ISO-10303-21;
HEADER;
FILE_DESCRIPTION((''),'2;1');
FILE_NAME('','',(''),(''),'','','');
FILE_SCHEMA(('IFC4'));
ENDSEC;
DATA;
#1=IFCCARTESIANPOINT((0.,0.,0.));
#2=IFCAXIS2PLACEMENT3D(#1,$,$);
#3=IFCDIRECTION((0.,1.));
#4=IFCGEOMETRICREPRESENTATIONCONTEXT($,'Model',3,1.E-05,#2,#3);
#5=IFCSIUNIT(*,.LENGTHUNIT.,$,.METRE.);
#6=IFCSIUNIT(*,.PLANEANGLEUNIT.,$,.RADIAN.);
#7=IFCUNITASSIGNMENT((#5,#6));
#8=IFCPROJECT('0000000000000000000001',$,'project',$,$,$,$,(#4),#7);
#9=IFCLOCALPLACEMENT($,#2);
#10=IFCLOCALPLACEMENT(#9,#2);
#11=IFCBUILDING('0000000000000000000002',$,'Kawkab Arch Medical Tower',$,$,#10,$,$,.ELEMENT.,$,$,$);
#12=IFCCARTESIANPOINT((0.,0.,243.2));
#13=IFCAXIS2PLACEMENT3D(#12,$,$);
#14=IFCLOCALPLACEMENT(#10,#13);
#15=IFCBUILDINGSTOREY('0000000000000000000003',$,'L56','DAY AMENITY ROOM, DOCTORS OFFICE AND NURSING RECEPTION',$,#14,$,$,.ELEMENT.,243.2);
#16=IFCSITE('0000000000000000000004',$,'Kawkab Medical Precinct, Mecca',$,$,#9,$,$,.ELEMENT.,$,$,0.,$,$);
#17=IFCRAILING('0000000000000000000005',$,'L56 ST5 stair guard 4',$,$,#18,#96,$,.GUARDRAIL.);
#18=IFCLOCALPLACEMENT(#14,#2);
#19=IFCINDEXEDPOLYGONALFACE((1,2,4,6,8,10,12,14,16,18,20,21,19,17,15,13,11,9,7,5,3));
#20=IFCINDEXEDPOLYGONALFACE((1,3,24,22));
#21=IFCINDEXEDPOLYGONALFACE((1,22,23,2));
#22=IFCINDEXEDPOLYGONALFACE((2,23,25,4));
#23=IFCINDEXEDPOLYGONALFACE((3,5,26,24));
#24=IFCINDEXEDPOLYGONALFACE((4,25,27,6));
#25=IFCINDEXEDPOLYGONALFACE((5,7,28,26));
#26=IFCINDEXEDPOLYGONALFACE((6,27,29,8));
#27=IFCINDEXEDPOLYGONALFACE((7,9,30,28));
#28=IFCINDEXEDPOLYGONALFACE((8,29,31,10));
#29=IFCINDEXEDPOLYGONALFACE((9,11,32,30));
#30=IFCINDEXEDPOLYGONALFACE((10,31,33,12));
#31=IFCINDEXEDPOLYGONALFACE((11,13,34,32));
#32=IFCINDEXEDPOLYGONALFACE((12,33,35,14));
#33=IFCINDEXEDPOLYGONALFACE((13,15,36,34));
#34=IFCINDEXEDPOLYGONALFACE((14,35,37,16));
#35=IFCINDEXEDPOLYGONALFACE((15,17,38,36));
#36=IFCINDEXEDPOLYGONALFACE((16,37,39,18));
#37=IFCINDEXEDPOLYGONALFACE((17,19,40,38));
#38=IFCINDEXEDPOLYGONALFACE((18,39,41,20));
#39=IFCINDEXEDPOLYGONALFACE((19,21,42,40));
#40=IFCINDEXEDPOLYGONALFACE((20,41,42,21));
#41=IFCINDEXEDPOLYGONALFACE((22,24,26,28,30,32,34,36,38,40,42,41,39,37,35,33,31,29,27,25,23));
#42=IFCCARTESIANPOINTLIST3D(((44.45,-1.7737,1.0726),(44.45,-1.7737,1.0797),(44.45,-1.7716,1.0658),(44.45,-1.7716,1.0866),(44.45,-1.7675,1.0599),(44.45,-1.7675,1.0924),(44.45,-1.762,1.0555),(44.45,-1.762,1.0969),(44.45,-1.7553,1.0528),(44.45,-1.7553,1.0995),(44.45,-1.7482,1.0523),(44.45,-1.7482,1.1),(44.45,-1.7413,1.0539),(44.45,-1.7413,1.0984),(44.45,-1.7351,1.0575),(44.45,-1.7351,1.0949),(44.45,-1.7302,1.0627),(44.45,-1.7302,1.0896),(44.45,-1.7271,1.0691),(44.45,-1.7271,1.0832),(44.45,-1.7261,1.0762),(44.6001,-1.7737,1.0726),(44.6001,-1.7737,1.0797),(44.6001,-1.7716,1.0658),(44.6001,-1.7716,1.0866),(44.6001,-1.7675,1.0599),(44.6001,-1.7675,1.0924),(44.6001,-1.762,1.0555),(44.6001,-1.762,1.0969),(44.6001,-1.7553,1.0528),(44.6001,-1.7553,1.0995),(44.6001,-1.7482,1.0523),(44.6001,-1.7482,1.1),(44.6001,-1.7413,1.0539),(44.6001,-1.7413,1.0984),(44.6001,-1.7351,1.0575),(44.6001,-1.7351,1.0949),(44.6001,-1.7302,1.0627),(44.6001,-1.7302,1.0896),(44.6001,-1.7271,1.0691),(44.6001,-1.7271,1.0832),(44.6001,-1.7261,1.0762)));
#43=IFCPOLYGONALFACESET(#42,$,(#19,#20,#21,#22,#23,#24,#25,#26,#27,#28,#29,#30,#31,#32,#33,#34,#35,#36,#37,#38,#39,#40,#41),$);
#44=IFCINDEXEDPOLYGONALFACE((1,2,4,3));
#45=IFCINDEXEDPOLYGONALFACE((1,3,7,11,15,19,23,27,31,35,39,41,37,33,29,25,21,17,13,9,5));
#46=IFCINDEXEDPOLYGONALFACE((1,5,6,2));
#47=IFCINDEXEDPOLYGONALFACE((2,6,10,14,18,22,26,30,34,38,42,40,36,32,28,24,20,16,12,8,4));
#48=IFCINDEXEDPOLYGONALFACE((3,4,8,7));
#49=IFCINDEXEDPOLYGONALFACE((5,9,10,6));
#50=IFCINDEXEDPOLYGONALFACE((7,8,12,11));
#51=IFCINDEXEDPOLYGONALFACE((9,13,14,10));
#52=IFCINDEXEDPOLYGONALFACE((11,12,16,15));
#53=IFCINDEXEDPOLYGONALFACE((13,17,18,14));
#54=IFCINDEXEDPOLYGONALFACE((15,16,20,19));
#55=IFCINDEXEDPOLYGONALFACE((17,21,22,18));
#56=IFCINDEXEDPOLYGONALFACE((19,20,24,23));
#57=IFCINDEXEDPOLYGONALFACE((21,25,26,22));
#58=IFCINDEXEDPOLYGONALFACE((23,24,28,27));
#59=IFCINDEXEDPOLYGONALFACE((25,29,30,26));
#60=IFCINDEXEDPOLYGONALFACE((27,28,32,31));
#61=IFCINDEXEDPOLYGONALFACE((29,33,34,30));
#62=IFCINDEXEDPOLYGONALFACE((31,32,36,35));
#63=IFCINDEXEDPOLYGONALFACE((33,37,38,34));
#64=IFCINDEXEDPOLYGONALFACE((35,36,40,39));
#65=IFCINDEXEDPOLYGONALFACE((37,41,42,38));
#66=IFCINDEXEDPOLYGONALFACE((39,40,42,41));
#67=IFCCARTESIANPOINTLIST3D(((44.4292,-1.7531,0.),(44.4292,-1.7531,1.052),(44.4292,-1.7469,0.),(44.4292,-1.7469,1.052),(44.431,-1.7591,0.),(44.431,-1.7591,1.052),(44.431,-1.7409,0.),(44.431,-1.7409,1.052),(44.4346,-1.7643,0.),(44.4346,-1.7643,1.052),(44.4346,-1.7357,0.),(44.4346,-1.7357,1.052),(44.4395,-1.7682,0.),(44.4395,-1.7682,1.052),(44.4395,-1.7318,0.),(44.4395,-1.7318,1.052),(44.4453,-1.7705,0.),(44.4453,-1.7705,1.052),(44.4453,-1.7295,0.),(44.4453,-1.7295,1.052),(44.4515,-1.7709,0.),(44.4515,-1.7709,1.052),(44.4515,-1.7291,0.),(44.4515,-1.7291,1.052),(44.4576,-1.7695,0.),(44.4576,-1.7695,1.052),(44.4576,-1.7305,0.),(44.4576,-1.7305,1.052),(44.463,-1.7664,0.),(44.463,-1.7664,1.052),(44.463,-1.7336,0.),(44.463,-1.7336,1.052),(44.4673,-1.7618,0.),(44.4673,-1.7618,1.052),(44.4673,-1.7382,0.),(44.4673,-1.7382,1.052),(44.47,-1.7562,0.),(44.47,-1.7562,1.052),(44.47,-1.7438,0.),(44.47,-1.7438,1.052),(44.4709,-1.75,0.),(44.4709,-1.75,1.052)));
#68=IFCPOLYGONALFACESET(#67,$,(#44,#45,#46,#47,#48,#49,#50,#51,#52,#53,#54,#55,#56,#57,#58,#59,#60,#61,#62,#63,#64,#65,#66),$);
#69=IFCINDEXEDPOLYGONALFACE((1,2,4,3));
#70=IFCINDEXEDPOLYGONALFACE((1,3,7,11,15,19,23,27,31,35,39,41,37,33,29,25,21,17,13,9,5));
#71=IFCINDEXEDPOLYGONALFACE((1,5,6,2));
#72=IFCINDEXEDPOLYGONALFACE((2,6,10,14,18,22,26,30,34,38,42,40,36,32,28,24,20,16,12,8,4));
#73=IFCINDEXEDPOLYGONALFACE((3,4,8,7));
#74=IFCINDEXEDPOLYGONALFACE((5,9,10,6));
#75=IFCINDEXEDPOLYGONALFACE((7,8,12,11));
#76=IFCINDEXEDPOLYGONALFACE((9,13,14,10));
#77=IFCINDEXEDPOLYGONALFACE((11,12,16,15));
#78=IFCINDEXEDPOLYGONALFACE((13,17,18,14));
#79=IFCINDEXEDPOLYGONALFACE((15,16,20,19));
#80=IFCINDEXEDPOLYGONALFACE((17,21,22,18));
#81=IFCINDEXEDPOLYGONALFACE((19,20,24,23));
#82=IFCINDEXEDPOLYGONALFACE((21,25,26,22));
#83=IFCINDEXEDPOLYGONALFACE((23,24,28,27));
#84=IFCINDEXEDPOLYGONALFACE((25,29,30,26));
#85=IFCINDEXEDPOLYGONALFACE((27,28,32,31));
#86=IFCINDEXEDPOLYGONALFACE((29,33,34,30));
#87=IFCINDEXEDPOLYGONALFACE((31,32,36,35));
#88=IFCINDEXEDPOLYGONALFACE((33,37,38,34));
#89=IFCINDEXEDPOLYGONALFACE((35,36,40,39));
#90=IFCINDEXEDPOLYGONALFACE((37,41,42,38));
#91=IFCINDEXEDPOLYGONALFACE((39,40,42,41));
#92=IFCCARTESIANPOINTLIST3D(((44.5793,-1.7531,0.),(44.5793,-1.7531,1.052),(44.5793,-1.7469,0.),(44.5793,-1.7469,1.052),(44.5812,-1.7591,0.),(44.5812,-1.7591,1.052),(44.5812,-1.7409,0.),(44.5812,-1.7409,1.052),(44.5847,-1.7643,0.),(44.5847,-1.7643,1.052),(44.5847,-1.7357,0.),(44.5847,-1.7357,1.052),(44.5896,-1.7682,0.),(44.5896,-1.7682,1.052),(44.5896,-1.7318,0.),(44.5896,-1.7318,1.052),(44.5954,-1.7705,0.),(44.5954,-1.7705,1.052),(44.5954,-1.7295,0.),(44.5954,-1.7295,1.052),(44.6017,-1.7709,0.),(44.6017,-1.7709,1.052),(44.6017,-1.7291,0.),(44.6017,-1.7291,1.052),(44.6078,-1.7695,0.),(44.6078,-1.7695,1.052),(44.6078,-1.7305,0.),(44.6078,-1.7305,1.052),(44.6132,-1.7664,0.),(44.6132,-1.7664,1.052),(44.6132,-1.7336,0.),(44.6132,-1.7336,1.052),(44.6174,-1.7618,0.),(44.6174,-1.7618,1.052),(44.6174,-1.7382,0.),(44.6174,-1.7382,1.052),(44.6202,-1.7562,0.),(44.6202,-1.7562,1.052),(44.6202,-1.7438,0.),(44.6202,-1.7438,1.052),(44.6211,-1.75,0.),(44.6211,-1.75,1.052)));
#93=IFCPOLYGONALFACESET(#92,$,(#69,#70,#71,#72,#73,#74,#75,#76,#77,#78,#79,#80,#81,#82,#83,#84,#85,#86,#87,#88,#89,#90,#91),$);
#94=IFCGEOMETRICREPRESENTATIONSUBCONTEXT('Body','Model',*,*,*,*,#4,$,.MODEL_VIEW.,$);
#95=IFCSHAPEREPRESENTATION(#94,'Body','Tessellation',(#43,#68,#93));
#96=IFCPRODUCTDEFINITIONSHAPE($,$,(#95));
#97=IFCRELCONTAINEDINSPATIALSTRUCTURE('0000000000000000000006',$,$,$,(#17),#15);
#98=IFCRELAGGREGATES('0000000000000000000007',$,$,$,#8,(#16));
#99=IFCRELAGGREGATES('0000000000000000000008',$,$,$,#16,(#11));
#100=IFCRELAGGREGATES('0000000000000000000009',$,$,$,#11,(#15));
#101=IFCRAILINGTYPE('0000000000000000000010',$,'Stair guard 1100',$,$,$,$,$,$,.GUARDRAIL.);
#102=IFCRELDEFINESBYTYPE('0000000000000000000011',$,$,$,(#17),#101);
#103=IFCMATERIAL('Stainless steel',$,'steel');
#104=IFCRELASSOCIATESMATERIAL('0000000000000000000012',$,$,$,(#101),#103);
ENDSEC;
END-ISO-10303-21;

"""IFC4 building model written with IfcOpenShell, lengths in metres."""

from ifc_helpers import new_model, si_unit, direction, frame, origin, origin_2d, place, context, subcontext, project, spatial, circle, extrude, material, type_object, element, save


model = new_model("IFC4")

# Units and contexts
model_context = context("Model", 3, precision=1e-05, world=origin(), true_north=direction((0.0, 1.0)))
body_context = subcontext(model_context, "Body", "Model", "MODEL_VIEW")
ifc_project = project(units=[si_unit("LENGTHUNIT", "METRE"), si_unit("PLANEANGLEUNIT", "RADIAN")], contexts=[model_context])

# Site, building, storey
site_placement = place(None, origin())
site = spatial("IfcSite", under=ifc_project, at=site_placement, Name="Kawkab Medical Precinct, Mecca", CompositionType="ELEMENT", RefElevation=0.0)
building_placement = place(site_placement, origin())
building = spatial("IfcBuilding", under=site, at=building_placement, Name="Kawkab Arch Medical Tower", CompositionType="ELEMENT")
storey_placement = place(building_placement, frame((0.0, 0.0, 243.2)))
storey = spatial("IfcBuildingStorey", under=building, at=storey_placement, Name="L56", Description="DAY AMENITY ROOM, DOCTORS OFFICE AND NURSING RECEPTION", CompositionType="ELEMENT", Elevation=243.2)

# Railing
ifc_material_1 = material(Name="Stainless steel", Category="steel")
railing_type_1 = type_object("IfcRailingType", Name="Stair guard 1100", PredefinedType="GUARDRAIL", material=ifc_material_1)
railing_1_placement = place(storey_placement, frame((44.45, -1.75, 0.0)))
element("IfcRailing", 1, at=railing_1_placement, inside=storey, type_object=railing_type_1, Name="L56 ST5 stair guard 4", PredefinedType="GUARDRAIL", context=body_context, shape_type="SweptSolid", body=[
    extrude(circle(Radius=0.0239, at=origin_2d()), frame((0.0, 0.0, 1.0762), z_axis=(1.0, 0.0, 0.0), x_axis=(0.0, 1.0, 0.0)), (0.0, 0.0, 1.0), 0.1501),
    extrude(circle(Radius=0.021, at=origin_2d()), origin(), (0.0, 0.0, 1.0), 1.052),
    extrude(circle(Radius=0.021, at=origin_2d()), frame((0.1501, 0.0, 0.0)), (0.0, 0.0, 1.0), 1.052),
])

save(model, "model.ifc")
